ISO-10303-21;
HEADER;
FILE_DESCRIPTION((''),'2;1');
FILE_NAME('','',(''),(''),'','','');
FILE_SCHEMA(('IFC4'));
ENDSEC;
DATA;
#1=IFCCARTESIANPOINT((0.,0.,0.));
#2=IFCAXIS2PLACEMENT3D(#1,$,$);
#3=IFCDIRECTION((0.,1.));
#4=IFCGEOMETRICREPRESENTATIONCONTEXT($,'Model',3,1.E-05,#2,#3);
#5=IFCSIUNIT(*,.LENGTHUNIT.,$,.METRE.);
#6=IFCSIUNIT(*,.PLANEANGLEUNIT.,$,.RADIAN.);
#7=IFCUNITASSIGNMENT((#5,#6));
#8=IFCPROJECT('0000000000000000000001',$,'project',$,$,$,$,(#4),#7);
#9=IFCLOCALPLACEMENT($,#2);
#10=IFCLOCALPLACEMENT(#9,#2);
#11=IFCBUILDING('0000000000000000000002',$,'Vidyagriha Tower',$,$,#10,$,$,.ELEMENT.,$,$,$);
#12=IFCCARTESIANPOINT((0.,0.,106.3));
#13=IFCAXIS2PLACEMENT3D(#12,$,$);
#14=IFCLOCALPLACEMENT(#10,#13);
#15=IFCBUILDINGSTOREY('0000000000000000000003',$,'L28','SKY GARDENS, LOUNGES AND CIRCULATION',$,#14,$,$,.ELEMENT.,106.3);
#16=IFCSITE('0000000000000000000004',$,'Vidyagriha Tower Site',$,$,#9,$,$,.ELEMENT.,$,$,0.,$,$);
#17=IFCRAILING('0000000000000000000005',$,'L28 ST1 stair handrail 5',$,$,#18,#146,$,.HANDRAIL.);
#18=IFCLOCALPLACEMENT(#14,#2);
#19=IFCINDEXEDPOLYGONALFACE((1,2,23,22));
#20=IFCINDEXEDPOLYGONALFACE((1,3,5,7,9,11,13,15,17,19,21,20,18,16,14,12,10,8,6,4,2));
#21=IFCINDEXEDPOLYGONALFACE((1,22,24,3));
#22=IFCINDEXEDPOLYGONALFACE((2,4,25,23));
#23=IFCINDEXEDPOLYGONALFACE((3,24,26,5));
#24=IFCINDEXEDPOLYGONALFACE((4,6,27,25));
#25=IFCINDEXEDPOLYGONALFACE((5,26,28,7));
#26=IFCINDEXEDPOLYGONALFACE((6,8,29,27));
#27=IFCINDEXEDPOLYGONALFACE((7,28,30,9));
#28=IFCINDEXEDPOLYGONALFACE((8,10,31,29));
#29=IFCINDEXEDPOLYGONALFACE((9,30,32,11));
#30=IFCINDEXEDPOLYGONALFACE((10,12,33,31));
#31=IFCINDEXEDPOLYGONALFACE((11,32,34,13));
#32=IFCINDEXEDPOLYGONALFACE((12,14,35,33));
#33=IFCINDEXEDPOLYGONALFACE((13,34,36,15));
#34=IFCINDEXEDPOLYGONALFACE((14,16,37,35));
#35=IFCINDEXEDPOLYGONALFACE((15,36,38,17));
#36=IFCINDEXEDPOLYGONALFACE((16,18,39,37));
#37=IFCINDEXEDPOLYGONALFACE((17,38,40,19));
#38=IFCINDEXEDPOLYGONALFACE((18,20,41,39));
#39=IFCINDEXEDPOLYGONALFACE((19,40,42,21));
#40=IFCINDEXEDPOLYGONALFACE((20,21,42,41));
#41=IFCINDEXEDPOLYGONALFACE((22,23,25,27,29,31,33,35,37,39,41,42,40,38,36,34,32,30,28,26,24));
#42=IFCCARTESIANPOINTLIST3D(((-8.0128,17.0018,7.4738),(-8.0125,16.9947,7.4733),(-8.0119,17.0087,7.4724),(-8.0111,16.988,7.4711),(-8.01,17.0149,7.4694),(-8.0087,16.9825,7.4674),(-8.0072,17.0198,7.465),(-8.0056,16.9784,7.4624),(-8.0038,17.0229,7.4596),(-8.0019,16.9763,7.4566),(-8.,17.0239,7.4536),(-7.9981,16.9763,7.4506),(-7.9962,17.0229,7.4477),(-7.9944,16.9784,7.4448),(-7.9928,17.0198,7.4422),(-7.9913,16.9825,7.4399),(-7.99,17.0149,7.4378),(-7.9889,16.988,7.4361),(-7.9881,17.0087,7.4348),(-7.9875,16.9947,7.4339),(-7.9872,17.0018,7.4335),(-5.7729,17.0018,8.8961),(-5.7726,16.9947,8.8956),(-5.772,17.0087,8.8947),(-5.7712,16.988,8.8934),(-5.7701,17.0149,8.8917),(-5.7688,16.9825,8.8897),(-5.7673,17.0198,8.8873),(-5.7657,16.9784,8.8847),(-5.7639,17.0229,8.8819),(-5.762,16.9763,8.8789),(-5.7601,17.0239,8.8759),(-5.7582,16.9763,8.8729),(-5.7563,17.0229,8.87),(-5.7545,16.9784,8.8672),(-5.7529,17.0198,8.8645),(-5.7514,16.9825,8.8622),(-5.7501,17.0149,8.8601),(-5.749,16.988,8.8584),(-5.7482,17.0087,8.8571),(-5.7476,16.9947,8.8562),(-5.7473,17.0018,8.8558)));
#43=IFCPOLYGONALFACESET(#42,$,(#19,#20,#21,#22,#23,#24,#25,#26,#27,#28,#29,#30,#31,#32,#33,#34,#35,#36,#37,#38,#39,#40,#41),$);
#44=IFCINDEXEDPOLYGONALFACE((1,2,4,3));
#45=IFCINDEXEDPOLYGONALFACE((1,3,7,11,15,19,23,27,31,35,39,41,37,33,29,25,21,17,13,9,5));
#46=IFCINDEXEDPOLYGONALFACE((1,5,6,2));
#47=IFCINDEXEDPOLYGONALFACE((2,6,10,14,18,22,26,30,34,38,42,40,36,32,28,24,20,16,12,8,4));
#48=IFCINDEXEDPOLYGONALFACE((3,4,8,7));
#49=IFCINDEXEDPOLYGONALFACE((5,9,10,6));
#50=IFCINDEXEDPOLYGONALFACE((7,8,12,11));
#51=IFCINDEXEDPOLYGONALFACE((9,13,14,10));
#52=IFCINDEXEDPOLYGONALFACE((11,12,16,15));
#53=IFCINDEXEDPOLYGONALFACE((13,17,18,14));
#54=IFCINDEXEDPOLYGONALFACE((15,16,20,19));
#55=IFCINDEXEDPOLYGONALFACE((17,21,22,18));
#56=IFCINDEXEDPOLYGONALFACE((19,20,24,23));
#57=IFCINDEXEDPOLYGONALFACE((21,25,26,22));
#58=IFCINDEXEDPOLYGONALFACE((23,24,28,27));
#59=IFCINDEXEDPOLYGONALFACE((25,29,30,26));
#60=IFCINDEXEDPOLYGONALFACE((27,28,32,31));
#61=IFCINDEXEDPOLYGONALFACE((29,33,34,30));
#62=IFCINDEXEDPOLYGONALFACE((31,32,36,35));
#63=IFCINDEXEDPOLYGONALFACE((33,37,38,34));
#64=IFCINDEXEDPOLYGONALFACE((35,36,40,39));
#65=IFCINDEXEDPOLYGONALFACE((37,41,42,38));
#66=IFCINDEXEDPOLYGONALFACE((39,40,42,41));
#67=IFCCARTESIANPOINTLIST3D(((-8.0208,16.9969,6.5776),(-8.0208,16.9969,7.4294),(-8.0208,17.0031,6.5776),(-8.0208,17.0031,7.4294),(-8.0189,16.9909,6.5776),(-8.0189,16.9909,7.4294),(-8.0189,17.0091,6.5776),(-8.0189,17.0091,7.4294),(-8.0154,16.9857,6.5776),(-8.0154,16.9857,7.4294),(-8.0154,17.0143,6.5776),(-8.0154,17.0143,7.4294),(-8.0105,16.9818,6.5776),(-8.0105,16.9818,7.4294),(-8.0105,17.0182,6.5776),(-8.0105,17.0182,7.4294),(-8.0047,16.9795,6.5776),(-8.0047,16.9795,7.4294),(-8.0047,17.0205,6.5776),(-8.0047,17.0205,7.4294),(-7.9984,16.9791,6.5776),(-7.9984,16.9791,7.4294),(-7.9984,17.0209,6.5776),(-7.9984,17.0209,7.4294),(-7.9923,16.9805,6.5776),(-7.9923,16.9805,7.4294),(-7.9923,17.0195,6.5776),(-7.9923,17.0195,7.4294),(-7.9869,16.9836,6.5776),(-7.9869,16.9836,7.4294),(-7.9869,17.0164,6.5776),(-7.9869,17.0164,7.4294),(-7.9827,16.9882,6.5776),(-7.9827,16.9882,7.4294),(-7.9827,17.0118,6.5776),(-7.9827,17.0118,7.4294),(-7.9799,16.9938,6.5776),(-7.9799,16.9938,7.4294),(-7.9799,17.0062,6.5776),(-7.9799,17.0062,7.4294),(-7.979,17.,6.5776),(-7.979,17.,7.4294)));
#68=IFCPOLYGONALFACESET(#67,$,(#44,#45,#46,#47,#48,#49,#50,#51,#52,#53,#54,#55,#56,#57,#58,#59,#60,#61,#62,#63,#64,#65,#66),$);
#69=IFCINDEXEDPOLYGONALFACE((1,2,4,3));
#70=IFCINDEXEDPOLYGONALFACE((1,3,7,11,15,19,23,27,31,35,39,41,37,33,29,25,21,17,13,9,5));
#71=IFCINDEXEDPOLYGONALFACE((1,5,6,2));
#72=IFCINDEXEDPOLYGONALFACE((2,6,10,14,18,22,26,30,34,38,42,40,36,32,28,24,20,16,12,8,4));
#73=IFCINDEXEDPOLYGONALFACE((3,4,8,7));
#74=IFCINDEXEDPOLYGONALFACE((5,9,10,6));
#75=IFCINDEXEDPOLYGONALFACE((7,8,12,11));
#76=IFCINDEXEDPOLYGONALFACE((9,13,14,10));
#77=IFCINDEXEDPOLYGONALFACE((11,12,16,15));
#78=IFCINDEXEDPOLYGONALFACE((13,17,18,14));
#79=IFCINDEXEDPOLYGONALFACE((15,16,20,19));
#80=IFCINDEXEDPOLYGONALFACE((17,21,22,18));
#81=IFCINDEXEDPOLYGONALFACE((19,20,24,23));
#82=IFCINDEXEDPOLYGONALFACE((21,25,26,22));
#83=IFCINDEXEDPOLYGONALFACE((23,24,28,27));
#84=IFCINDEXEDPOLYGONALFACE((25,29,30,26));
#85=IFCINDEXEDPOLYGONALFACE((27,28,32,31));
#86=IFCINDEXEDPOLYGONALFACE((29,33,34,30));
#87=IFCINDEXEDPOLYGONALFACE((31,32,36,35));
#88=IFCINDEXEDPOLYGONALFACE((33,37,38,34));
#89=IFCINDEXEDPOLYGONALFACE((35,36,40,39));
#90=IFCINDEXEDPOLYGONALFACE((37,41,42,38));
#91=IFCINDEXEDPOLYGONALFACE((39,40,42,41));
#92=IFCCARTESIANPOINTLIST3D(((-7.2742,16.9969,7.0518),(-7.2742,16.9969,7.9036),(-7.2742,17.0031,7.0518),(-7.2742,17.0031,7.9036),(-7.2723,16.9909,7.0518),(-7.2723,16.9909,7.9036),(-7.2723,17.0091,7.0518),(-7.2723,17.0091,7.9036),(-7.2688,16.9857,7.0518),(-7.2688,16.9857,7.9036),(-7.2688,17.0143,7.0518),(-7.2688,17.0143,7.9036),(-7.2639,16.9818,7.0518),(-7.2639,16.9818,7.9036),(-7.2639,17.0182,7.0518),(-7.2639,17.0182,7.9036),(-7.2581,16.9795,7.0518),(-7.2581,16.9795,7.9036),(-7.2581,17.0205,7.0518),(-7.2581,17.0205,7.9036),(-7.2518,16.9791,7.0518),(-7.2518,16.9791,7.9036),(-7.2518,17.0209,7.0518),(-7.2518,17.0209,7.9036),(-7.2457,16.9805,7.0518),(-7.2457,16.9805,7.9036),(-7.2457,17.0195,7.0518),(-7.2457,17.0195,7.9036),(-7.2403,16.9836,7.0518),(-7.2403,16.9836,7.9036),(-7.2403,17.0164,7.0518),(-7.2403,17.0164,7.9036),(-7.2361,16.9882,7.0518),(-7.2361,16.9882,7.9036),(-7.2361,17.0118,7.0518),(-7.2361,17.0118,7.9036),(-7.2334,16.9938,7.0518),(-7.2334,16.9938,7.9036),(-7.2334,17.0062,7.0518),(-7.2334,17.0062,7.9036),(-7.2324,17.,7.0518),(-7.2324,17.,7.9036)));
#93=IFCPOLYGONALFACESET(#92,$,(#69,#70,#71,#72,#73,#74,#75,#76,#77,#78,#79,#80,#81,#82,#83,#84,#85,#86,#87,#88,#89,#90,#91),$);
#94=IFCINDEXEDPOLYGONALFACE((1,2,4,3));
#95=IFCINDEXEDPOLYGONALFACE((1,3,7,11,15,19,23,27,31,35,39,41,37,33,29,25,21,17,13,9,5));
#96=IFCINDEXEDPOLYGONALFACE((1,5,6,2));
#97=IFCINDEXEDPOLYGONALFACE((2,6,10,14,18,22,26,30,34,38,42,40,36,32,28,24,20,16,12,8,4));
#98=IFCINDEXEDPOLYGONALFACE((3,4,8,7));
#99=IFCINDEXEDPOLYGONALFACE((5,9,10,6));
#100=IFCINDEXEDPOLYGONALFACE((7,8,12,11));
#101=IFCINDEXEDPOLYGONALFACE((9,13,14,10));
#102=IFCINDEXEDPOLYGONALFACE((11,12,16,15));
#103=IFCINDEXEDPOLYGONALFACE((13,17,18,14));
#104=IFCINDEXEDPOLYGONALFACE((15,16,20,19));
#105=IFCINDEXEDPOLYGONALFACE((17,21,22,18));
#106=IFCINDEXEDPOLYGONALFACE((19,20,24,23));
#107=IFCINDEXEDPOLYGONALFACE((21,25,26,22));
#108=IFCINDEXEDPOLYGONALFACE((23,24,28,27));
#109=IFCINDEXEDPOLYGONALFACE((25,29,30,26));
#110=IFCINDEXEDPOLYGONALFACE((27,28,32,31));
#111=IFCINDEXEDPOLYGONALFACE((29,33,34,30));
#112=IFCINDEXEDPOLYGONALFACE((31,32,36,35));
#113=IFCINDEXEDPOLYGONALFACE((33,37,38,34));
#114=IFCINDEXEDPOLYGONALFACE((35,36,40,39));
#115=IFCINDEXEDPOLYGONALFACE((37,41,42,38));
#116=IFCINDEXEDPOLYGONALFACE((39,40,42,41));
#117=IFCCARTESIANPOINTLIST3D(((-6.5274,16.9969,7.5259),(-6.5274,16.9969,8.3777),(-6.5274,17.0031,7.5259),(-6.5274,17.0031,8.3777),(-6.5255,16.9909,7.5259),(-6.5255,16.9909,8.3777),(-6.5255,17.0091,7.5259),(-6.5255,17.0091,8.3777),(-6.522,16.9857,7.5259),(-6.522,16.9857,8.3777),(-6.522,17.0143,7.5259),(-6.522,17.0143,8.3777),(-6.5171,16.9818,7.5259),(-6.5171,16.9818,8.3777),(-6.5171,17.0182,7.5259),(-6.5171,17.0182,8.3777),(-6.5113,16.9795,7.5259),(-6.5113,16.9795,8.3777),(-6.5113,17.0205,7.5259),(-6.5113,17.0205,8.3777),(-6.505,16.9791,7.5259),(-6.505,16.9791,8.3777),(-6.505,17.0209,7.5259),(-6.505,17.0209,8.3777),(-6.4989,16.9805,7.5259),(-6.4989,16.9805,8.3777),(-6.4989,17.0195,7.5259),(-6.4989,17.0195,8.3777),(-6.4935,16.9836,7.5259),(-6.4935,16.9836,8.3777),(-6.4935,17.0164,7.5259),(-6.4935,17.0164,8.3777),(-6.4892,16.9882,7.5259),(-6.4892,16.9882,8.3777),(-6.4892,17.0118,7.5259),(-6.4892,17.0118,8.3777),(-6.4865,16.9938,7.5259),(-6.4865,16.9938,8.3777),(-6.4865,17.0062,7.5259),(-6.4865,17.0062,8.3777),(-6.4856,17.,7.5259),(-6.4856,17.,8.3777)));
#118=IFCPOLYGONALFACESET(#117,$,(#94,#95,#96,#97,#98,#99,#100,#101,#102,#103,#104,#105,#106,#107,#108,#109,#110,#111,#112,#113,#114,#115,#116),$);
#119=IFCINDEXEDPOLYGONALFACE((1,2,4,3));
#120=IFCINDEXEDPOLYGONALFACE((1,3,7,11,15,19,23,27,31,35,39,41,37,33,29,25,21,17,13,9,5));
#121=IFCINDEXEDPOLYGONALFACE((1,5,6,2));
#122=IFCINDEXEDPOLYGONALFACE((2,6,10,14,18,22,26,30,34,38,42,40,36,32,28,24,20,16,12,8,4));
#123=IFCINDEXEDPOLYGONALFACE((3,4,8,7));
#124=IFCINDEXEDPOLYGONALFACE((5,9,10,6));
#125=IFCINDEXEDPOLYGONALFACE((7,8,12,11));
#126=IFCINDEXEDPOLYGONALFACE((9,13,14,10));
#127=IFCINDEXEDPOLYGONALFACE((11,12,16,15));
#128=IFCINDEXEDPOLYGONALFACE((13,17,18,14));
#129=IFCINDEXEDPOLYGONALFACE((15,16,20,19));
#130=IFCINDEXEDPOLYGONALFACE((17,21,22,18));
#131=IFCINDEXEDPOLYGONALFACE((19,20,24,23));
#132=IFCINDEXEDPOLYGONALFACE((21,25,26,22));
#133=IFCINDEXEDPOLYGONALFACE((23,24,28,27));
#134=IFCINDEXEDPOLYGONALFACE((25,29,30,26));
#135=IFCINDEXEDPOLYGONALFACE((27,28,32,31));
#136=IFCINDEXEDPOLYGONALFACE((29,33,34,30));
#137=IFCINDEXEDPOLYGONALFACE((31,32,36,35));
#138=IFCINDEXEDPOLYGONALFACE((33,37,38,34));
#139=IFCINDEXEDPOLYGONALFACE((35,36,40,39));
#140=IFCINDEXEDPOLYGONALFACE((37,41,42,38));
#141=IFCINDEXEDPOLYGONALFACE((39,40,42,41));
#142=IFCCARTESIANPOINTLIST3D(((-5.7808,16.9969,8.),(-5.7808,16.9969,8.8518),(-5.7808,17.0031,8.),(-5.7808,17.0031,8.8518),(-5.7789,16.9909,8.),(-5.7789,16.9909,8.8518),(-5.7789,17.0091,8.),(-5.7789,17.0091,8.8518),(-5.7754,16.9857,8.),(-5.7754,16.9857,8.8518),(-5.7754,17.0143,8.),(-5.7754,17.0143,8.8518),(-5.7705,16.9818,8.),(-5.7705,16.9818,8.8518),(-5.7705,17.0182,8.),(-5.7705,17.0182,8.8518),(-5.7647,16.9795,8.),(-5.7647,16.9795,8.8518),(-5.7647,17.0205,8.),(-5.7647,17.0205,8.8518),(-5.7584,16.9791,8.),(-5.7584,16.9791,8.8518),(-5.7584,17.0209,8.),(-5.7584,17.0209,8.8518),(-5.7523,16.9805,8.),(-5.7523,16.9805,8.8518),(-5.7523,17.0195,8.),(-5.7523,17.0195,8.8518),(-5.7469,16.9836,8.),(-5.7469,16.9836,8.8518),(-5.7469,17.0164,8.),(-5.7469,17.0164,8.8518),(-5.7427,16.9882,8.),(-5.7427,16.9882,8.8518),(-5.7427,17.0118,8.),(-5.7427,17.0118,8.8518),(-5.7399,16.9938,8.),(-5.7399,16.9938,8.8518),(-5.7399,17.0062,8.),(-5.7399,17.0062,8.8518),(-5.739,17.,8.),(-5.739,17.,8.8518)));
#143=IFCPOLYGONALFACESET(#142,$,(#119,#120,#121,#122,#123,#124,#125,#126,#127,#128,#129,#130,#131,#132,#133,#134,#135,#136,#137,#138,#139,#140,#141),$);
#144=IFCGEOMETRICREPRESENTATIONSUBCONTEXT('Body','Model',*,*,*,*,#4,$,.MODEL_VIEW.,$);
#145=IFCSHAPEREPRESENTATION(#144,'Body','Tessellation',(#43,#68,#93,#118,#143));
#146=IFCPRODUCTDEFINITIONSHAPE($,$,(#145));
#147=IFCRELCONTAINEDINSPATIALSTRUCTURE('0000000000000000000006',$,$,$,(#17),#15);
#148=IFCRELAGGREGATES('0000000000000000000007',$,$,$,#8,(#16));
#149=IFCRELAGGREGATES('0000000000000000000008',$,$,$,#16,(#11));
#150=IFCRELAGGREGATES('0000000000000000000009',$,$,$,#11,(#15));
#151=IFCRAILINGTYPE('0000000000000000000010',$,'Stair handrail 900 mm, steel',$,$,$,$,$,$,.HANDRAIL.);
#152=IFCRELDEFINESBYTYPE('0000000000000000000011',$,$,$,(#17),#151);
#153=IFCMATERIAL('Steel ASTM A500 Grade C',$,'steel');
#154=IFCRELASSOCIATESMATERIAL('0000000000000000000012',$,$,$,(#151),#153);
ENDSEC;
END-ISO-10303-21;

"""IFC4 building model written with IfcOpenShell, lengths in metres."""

from ifc_helpers import new_model, si_unit, direction, frame, origin, origin_2d, place, context, subcontext, project, spatial, circle, extrude, material, type_object, element, save


model = new_model("IFC4")

# Units and contexts
model_context = context("Model", 3, precision=1e-05, world=origin(), true_north=direction((0.0, 1.0)))
body_context = subcontext(model_context, "Body", "Model", "MODEL_VIEW")
ifc_project = project(units=[si_unit("LENGTHUNIT", "METRE"), si_unit("PLANEANGLEUNIT", "RADIAN")], contexts=[model_context])

# Site, building, storey
site_placement = place(None, origin())
site = spatial("IfcSite", under=ifc_project, at=site_placement, Name="Vidyagriha Tower Site", CompositionType="ELEMENT", RefElevation=0.0)
building_placement = place(site_placement, origin())
building = spatial("IfcBuilding", under=site, at=building_placement, Name="Vidyagriha Tower", CompositionType="ELEMENT")
storey_placement = place(building_placement, frame((0.0, 0.0, 106.3)))
storey = spatial("IfcBuildingStorey", under=building, at=storey_placement, Name="L28", Description="SKY GARDENS, LOUNGES AND CIRCULATION", CompositionType="ELEMENT", Elevation=106.3)

# Railing
ifc_material_1 = material(Name="Steel ASTM A500 Grade C", Category="steel")
railing_type_1 = type_object("IfcRailingType", Name="Stair handrail 900 mm, steel", PredefinedType="HANDRAIL", material=ifc_material_1)
for number, where, name in (
    (1, (-8.0, 17.0, 6.5776), "L28 ST1 stair handrail 5"),
):
    element("IfcRailing", number, at=place(storey_placement, frame(where)), inside=storey, type_object=railing_type_1, Name=name, PredefinedType="HANDRAIL", context=body_context, shape_type="SweptSolid", body=[
        extrude(circle(Radius=0.0239, at=origin_2d()), frame((0.0, 0.0, 0.876), z_axis=(0.844188, 0.0, 0.536048), x_axis=(0.0, 1.0, 0.0)), (0.0, 0.0, 1.0), 2.6533),
        extrude(circle(Radius=0.021, at=origin_2d()), origin(), (0.0, 0.0, 1.0), 0.8518),
        extrude(circle(Radius=0.021, at=origin_2d()), frame((0.7466, 0.0, 0.4741)), (0.0, 0.0, 1.0), 0.8518),
        extrude(circle(Radius=0.021, at=origin_2d()), frame((1.4934, 0.0, 0.9482)), (0.0, 0.0, 1.0), 0.8518),
        extrude(circle(Radius=0.021, at=origin_2d()), frame((2.24, 0.0, 1.4224)), (0.0, 0.0, 1.0), 0.8518),
    ])

save(model, "model.ifc")
